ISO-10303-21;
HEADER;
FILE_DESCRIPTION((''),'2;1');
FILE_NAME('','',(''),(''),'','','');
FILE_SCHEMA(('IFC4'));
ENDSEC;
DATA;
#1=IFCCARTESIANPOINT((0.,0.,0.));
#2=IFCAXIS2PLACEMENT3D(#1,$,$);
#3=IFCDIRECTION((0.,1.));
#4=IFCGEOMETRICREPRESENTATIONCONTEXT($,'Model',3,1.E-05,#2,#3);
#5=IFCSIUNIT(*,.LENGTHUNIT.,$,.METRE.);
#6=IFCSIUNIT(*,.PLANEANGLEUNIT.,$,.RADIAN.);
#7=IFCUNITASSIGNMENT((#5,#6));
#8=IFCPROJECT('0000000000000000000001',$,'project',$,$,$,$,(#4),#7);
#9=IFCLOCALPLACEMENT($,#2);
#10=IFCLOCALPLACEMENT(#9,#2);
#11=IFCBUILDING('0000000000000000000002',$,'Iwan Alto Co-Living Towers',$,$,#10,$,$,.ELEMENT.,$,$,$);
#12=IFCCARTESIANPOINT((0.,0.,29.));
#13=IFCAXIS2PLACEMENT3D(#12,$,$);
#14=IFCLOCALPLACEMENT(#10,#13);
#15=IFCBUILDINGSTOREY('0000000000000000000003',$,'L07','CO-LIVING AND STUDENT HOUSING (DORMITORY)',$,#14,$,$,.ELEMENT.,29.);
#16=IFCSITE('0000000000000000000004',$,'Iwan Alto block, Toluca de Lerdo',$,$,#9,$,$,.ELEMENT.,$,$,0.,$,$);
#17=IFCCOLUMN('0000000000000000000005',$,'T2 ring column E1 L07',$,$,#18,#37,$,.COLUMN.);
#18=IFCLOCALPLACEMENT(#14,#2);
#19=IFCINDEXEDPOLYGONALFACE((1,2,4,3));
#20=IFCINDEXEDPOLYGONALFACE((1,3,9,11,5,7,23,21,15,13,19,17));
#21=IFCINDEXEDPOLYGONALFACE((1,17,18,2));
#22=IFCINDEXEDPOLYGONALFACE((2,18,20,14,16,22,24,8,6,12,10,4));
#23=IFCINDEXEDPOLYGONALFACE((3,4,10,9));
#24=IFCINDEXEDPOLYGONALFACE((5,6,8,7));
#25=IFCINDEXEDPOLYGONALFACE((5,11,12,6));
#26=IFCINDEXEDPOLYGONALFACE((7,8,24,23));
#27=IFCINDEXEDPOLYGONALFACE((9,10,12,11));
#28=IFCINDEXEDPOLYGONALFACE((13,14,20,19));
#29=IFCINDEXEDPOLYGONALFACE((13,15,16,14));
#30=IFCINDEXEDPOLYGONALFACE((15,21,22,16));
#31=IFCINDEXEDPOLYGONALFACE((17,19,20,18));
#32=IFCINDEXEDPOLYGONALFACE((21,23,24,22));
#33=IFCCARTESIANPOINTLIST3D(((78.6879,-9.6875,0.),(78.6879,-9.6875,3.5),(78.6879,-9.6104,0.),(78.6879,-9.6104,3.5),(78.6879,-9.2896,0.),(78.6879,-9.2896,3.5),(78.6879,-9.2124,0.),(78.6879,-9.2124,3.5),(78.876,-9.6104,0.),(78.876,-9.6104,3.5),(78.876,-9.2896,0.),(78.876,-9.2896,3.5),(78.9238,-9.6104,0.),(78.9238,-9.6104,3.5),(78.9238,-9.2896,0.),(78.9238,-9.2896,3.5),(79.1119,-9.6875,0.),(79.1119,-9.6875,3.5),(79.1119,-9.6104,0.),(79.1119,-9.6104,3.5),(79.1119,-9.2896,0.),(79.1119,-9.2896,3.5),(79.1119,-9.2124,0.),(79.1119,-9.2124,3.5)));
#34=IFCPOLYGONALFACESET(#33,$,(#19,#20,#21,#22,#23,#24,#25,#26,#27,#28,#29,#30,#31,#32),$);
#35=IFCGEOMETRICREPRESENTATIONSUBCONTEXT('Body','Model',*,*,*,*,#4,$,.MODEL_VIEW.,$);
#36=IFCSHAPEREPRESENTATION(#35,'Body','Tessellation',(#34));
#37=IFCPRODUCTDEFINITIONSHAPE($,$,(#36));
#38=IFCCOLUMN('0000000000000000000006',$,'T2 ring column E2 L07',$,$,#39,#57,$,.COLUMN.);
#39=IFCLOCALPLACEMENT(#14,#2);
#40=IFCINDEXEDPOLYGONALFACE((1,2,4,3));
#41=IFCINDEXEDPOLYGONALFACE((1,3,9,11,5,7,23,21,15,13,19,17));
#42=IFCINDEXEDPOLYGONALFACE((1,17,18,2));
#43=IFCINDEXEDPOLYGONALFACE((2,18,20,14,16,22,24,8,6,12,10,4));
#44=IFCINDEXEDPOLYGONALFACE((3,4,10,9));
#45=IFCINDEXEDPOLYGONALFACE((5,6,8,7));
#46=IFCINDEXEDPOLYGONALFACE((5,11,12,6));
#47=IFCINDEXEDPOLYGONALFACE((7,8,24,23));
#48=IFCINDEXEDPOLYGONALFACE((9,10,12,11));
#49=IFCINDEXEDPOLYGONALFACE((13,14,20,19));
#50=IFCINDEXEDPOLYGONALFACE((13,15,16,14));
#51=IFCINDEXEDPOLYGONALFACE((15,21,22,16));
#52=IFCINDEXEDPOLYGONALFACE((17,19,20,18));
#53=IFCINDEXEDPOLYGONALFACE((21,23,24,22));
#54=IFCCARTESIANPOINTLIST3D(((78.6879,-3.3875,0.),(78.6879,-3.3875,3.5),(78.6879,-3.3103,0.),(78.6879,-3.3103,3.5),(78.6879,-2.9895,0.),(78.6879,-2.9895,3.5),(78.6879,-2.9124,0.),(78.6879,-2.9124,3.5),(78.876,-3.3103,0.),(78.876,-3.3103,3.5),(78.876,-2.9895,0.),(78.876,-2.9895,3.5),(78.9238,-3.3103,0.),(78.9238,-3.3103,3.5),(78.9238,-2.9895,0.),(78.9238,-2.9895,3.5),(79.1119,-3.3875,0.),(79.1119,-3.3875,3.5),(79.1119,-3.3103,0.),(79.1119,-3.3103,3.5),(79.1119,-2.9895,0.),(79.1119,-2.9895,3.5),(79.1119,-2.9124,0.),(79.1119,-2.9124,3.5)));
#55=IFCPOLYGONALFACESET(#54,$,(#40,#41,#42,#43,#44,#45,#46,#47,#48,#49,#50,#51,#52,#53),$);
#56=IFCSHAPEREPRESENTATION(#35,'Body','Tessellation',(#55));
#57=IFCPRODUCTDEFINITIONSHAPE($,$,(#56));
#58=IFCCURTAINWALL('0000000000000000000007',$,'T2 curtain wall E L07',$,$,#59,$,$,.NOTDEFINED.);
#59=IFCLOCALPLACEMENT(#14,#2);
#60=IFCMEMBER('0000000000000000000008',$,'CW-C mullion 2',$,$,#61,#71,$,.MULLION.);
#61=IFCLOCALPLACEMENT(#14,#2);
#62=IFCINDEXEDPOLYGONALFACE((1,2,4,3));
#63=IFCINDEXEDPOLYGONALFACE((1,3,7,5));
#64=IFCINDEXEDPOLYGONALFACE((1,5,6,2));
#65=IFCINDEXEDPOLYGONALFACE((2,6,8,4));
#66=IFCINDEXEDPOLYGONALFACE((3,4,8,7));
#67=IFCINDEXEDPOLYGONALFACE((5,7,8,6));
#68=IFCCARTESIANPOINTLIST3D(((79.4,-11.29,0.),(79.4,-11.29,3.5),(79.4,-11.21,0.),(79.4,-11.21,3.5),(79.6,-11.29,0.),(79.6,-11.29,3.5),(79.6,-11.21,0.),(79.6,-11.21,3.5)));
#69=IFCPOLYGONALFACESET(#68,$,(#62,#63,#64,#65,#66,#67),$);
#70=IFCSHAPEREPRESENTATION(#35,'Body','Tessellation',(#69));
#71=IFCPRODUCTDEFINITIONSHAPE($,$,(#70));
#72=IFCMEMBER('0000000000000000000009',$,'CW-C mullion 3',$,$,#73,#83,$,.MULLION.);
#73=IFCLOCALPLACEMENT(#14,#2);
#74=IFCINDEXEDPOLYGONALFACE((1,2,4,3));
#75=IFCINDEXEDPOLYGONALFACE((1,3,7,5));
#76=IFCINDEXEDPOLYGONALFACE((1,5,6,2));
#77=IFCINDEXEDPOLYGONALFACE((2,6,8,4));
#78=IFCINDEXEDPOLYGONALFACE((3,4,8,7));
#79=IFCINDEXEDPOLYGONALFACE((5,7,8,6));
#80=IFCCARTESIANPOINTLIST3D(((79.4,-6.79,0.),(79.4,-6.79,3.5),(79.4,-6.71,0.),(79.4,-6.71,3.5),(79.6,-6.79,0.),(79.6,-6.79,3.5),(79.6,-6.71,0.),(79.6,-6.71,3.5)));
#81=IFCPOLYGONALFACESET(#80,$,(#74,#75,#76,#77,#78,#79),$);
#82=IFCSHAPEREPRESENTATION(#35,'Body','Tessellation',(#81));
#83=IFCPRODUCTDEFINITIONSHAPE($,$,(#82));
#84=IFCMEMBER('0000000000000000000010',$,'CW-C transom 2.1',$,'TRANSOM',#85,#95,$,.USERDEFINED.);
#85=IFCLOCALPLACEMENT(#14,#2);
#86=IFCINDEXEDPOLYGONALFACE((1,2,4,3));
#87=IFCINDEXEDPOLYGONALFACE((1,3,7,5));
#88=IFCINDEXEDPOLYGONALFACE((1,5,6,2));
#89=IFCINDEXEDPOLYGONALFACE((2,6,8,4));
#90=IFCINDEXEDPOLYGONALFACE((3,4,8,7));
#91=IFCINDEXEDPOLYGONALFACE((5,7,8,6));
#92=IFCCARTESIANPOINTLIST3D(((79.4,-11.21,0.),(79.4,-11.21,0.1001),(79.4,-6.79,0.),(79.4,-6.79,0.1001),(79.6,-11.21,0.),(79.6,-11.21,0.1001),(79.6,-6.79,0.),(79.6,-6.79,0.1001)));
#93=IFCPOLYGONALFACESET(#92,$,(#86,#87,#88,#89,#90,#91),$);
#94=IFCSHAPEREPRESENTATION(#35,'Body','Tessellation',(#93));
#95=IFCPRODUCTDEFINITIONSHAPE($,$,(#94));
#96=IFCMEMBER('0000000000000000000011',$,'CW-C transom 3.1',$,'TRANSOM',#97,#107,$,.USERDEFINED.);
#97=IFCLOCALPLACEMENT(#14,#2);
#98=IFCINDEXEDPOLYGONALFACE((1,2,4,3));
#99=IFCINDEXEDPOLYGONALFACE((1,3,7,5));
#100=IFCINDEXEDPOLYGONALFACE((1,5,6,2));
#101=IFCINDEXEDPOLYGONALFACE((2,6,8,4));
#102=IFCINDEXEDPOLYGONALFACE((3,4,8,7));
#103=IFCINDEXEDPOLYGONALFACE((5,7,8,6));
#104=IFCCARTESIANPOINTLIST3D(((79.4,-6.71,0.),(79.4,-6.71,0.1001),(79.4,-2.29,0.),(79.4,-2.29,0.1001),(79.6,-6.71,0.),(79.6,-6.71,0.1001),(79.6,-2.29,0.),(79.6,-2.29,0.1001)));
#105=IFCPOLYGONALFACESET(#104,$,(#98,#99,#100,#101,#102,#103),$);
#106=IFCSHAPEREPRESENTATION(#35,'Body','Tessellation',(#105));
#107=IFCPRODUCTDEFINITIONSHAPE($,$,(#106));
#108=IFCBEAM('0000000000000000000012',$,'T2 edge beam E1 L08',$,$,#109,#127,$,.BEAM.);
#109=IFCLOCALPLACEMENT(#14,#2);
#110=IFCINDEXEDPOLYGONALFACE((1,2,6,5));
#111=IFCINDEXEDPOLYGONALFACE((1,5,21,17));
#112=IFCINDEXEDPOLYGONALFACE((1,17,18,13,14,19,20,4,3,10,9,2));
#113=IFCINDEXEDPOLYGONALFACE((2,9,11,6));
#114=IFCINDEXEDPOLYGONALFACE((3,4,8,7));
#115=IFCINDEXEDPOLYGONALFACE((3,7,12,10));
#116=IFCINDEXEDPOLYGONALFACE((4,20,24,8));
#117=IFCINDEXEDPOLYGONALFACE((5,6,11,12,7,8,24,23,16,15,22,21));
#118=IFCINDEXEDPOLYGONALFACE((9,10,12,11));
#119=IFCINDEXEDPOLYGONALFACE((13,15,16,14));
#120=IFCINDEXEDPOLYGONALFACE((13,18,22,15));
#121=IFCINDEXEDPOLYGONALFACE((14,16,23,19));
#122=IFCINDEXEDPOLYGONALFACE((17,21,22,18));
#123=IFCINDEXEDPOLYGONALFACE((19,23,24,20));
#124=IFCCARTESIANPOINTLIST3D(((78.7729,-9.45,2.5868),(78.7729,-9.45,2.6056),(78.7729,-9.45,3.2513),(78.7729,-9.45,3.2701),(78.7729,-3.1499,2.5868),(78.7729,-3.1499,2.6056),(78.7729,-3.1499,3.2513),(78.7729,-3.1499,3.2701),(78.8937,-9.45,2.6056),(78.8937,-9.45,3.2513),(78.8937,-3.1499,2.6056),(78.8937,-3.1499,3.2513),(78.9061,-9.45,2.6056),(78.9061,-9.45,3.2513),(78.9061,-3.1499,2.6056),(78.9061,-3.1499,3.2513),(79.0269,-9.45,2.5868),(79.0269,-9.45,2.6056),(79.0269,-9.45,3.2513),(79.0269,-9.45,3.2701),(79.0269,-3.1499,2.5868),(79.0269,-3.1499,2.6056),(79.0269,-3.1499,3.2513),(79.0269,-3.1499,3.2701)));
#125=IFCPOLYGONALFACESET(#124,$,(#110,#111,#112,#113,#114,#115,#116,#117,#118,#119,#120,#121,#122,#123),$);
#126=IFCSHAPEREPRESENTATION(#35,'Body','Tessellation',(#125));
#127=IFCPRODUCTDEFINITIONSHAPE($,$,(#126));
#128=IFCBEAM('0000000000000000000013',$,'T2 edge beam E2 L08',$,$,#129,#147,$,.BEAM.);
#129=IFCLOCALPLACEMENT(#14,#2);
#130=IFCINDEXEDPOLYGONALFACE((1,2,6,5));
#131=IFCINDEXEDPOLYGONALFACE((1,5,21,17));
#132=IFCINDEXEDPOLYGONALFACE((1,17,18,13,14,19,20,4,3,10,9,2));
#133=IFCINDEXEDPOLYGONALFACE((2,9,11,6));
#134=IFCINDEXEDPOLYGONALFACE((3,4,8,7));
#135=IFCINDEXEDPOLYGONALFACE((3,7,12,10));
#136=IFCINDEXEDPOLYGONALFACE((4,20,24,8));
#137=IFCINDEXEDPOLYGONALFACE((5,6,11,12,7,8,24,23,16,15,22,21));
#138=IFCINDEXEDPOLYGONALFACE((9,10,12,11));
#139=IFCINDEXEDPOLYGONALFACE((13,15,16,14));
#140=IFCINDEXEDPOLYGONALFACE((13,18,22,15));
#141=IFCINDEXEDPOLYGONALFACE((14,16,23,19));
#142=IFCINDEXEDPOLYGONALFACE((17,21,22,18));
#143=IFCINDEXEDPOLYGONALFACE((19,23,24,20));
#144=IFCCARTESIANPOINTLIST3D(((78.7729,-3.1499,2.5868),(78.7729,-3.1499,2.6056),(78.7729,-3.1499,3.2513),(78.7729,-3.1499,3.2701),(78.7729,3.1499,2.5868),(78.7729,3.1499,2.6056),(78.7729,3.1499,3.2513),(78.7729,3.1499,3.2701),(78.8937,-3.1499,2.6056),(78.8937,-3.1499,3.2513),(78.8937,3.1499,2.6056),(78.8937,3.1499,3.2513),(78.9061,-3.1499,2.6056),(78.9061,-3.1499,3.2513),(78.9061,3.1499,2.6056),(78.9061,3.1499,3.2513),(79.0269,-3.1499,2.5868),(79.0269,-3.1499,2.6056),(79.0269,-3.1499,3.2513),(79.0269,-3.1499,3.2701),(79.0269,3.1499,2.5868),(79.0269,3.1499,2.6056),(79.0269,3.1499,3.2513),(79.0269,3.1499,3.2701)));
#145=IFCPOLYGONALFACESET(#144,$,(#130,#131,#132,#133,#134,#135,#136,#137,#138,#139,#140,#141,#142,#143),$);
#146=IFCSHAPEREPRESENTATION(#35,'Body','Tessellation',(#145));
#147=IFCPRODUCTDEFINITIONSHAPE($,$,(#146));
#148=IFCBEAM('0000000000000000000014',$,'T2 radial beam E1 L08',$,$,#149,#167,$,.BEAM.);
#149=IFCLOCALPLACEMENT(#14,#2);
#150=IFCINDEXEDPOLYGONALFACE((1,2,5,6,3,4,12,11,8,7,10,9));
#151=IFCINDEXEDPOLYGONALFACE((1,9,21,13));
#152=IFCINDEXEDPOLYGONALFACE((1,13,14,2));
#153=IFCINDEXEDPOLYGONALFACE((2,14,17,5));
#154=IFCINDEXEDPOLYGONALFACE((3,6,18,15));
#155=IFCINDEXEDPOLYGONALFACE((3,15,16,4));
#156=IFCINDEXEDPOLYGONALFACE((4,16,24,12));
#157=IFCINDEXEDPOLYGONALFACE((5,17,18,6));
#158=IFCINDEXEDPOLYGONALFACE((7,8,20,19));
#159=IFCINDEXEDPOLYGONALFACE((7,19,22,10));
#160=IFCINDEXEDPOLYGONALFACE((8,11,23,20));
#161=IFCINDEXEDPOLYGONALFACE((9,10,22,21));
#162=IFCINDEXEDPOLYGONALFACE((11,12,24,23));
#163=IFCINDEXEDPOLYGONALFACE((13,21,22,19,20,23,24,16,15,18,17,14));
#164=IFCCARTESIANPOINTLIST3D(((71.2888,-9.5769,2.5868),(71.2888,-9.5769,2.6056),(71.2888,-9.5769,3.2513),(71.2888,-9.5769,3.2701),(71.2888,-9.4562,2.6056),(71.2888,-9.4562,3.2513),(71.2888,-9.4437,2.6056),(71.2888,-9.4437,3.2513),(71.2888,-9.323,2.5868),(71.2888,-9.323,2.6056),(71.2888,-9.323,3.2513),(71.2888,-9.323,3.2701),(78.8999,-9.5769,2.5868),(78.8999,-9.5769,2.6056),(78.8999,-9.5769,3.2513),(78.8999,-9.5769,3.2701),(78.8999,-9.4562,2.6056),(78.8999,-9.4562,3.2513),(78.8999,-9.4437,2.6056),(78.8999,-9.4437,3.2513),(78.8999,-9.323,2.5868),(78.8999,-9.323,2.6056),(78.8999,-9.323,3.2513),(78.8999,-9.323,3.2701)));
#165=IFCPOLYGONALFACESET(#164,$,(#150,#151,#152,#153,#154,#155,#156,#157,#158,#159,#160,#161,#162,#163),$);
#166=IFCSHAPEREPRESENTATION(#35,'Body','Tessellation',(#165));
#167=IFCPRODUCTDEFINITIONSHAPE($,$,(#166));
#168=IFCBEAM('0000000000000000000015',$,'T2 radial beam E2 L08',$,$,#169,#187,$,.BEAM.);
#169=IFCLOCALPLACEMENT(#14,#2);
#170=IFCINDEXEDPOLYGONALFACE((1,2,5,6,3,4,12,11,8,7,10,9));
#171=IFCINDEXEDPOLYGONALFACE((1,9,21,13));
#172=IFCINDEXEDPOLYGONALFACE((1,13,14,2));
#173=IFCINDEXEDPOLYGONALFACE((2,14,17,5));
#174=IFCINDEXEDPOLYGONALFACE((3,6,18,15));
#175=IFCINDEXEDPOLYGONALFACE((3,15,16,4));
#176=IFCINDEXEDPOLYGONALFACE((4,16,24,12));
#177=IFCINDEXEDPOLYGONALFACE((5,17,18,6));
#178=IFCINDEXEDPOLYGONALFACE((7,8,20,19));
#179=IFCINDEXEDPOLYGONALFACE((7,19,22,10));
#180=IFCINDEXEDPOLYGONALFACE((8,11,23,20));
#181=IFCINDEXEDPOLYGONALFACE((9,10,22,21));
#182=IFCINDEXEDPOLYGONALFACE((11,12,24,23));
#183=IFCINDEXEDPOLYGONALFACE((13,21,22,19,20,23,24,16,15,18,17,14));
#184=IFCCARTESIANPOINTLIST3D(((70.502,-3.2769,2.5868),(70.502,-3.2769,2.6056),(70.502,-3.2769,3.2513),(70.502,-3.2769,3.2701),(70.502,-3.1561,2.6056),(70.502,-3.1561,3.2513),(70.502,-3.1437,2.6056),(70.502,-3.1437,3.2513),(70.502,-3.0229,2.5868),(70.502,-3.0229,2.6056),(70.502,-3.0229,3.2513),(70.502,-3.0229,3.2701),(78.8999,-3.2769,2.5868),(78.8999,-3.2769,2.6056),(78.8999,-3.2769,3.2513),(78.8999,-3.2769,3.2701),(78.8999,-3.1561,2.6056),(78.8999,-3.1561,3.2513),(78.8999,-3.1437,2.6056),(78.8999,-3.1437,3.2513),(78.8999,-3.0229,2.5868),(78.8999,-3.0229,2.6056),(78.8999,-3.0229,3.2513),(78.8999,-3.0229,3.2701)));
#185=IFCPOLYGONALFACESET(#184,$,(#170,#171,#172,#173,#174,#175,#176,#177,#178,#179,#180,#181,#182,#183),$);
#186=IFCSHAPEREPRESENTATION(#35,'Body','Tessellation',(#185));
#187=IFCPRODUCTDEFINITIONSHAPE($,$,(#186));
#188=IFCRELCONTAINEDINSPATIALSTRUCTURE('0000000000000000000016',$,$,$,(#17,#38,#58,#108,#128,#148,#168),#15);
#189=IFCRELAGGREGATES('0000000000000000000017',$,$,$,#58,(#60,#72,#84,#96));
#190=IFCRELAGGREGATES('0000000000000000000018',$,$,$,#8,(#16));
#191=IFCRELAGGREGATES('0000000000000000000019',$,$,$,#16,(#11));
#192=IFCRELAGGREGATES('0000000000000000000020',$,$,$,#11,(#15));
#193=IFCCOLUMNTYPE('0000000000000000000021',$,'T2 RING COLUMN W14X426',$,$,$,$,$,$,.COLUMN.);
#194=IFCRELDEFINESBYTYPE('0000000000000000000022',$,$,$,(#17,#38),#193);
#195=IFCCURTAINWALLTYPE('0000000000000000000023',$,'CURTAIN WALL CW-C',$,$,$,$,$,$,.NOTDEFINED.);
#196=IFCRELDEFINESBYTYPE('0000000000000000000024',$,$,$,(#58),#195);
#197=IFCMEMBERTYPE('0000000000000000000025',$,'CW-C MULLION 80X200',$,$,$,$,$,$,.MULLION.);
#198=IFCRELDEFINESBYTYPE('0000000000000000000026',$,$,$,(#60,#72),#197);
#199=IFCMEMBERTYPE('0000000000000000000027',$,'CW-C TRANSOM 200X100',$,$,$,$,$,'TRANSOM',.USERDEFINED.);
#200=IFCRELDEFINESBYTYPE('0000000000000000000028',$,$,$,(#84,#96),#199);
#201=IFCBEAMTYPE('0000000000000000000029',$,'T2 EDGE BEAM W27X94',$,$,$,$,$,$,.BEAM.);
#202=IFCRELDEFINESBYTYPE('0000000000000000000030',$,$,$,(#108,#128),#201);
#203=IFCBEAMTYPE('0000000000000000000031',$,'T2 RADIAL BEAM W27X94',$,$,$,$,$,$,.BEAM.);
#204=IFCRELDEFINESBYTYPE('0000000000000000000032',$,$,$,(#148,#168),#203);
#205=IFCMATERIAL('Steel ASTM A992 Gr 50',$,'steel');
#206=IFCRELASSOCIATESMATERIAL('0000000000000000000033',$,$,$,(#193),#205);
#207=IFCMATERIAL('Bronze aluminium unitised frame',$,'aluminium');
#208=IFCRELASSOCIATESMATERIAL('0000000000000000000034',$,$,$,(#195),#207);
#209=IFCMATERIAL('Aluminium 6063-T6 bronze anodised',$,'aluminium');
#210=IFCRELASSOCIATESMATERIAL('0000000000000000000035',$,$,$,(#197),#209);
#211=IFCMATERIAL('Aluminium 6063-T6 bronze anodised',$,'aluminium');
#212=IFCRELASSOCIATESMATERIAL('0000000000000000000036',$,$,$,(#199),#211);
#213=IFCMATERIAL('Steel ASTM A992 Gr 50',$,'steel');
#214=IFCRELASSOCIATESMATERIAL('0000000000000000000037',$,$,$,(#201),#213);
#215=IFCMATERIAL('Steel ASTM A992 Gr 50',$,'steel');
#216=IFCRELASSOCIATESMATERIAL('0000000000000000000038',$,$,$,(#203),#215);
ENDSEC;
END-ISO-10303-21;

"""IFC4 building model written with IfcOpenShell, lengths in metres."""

from ifc_helpers import new_model, si_unit, direction, frame, origin, origin_2d, place, context, subcontext, project, spatial, rectangle, i_section, extrude, material, material_profile, profile_set, type_object, element, aggregate, save


model = new_model("IFC4")

# Units and contexts
model_context = context("Model", 3, precision=1e-05, world=origin(), true_north=direction((0.0, 1.0)))
body_context = subcontext(model_context, "Body", "Model", "MODEL_VIEW")
ifc_project = project(units=[si_unit("LENGTHUNIT", "METRE"), si_unit("PLANEANGLEUNIT", "RADIAN")], contexts=[model_context])

# Site, building, storey
site_placement = place(None, origin())
site = spatial("IfcSite", under=ifc_project, at=site_placement, Name="Iwan Alto block, Toluca de Lerdo", CompositionType="ELEMENT", RefElevation=0.0)
building_placement = place(site_placement, origin())
building = spatial("IfcBuilding", under=site, at=building_placement, Name="Iwan Alto Co-Living Towers", CompositionType="ELEMENT")
storey_placement = place(building_placement, frame((0.0, 0.0, 29.0)))
storey = spatial("IfcBuildingStorey", under=building, at=storey_placement, Name="L07", Description="CO-LIVING AND STUDENT HOUSING (DORMITORY)", CompositionType="ELEMENT", Elevation=29.0)

# Columns
ifc_material_1 = material(Name="Steel ASTM A992 Gr 50", Category="steel")
ifc_material_profile_1 = material_profile(ifc_material_1, i_section(OverallWidth=0.4241, OverallDepth=0.4751, WebThickness=0.0479, FlangeThickness=0.0771, at=origin_2d()), Name="W14X426")
ifc_profile_set_1 = profile_set([ifc_material_profile_1], Name="Steel ASTM A992 Gr 50")
column_type = type_object("IfcColumnType", Name="T2 RING COLUMN W14X426", PredefinedType="COLUMN", material=ifc_profile_set_1)
for number, where, z_axis, x_axis, name in (
    (1, (78.8999, -9.45, 0.0), (0.0, 0.0, 1.0), (1.0, 0.0, 0.0), "T2 ring column E1 L07"),
    (2, (78.8999, -3.1499, 0.0), (0.0, 0.0, 1.0), (1.0, 0.0, 0.0), "T2 ring column E2 L07"),
):
    element("IfcColumn", number, at=place(storey_placement, frame(where, z_axis=z_axis, x_axis=x_axis)), inside=storey, type_object=column_type, Name=name, PredefinedType="COLUMN", context=body_context, shape_type="SweptSolid", body=[
        extrude(i_section(OverallWidth=0.4241, OverallDepth=0.4751, WebThickness=0.0479, FlangeThickness=0.0771, at=origin_2d()), origin(), (0.0, 0.0, 1.0), 3.5),
    ])

# Curtain wall, members
ifc_material_2 = material(Name="Bronze aluminium unitised frame", Category="aluminium")
curtain_wall_type = type_object("IfcCurtainWallType", Name="CURTAIN WALL CW-C", PredefinedType="NOTDEFINED", material=ifc_material_2)
curtain_wall_placement = place(storey_placement, origin())
curtain_wall = element("IfcCurtainWall", 3, at=curtain_wall_placement, inside=storey, type_object=curtain_wall_type, Name="T2 curtain wall E L07", PredefinedType="NOTDEFINED")
ifc_material_3 = material(Name="Aluminium 6063-T6 bronze anodised", Category="aluminium")
ifc_material_profile_2 = material_profile(ifc_material_3, rectangle(XDim=0.2, YDim=0.0801, at=origin_2d()), Name="AL 80X200")
ifc_profile_set_2 = profile_set([ifc_material_profile_2], Name="Aluminium 6063-T6 bronze anodised")
member_type_1 = type_object("IfcMemberType", Name="CW-C MULLION 80X200", PredefinedType="MULLION", material=ifc_profile_set_2)
member_1_placement = place(storey_placement, frame((79.5, -11.25, 0.0), z_axis=(0.0, 0.0, 1.0), x_axis=(-1.0, 0.0, 0.0)))
member_1 = element("IfcMember", 4, at=member_1_placement, type_object=member_type_1, Name="CW-C mullion 2", PredefinedType="MULLION", context=body_context, shape_type="SweptSolid", body=[
    extrude(rectangle(XDim=0.2, YDim=0.0801, at=origin_2d()), origin(), (0.0, 0.0, 1.0), 3.5),
])
member_2_placement = place(storey_placement, frame((79.5, -6.75, 0.0), z_axis=(0.0, 0.0, 1.0), x_axis=(-1.0, 0.0, 0.0)))
member_2 = element("IfcMember", 5, at=member_2_placement, type_object=member_type_1, Name="CW-C mullion 3", PredefinedType="MULLION", context=body_context, shape_type="SweptSolid", body=[
    extrude(rectangle(XDim=0.2, YDim=0.0801, at=origin_2d()), origin(), (0.0, 0.0, 1.0), 3.5),
])
ifc_material_4 = material(Name="Aluminium 6063-T6 bronze anodised", Category="aluminium")
ifc_material_profile_3 = material_profile(ifc_material_4, rectangle(XDim=0.2, YDim=0.1001, at=origin_2d()), Name="AL 200X100")
ifc_profile_set_3 = profile_set([ifc_material_profile_3], Name="Aluminium 6063-T6 bronze anodised")
member_type_2 = type_object("IfcMemberType", Name="CW-C TRANSOM 200X100", ElementType="TRANSOM", PredefinedType="USERDEFINED", material=ifc_profile_set_3)
member_3_placement = place(storey_placement, frame((79.5, -11.21, 0.05), z_axis=(0.0, 1.0, 0.0), x_axis=(-1.0, 0.0, 0.0)))
member_3 = element("IfcMember", 6, at=member_3_placement, type_object=member_type_2, Name="CW-C transom 2.1", ObjectType="TRANSOM", PredefinedType="USERDEFINED", context=body_context, shape_type="SweptSolid", body=[
    extrude(rectangle(XDim=0.2, YDim=0.1001, at=origin_2d()), origin(), (0.0, 0.0, 1.0), 4.4199),
])
member_4_placement = place(storey_placement, frame((79.5, -6.71, 0.05), z_axis=(0.0, 1.0, 0.0), x_axis=(-1.0, 0.0, 0.0)))
member_4 = element("IfcMember", 7, at=member_4_placement, type_object=member_type_2, Name="CW-C transom 3.1", ObjectType="TRANSOM", PredefinedType="USERDEFINED", context=body_context, shape_type="SweptSolid", body=[
    extrude(rectangle(XDim=0.2, YDim=0.1001, at=origin_2d()), origin(), (0.0, 0.0, 1.0), 4.4199),
])

# Beams
ifc_material_5 = material(Name="Steel ASTM A992 Gr 50", Category="steel")
ifc_material_profile_4 = material_profile(ifc_material_5, i_section(OverallWidth=0.2539, OverallDepth=0.6833, WebThickness=0.0125, FlangeThickness=0.0188, at=origin_2d()), Name="W27X94")
ifc_profile_set_4 = profile_set([ifc_material_profile_4], Name="Steel ASTM A992 Gr 50")
beam_type_1 = type_object("IfcBeamType", Name="T2 EDGE BEAM W27X94", PredefinedType="BEAM", material=ifc_profile_set_4)
beam_1_placement = place(storey_placement, frame((78.8999, -9.45, 2.9285), z_axis=(0.0, 1.0, 0.0), x_axis=(-1.0, 0.0, 0.0)))
element("IfcBeam", 8, at=beam_1_placement, inside=storey, type_object=beam_type_1, Name="T2 edge beam E1 L08", PredefinedType="BEAM", context=body_context, shape_type="SweptSolid", body=[
    extrude(i_section(OverallWidth=0.2539, OverallDepth=0.6833, WebThickness=0.0125, FlangeThickness=0.0188, at=origin_2d()), origin(), (0.0, 0.0, 1.0), 6.3),
])
beam_2_placement = place(storey_placement, frame((78.8999, -3.1499, 2.9285), z_axis=(0.0, 1.0, 0.0), x_axis=(-1.0, 0.0, 0.0)))
element("IfcBeam", 9, at=beam_2_placement, inside=storey, type_object=beam_type_1, Name="T2 edge beam E2 L08", PredefinedType="BEAM", context=body_context, shape_type="SweptSolid", body=[
    extrude(i_section(OverallWidth=0.2539, OverallDepth=0.6833, WebThickness=0.0125, FlangeThickness=0.0188, at=origin_2d()), origin(), (0.0, 0.0, 1.0), 6.2998),
])
ifc_material_6 = material(Name="Steel ASTM A992 Gr 50", Category="steel")
ifc_material_profile_5 = material_profile(ifc_material_6, i_section(OverallWidth=0.2539, OverallDepth=0.6833, WebThickness=0.0125, FlangeThickness=0.0188, at=origin_2d()), Name="W27X94")
ifc_profile_set_5 = profile_set([ifc_material_profile_5], Name="Steel ASTM A992 Gr 50")
beam_type_2 = type_object("IfcBeamType", Name="T2 RADIAL BEAM W27X94", PredefinedType="BEAM", material=ifc_profile_set_5)
beam_3_placement = place(storey_placement, frame((78.8999, -9.45, 2.9285), z_axis=(-1.0, 0.0, 0.0), x_axis=(0.0, -1.0, 0.0)))
element("IfcBeam", 10, at=beam_3_placement, inside=storey, type_object=beam_type_2, Name="T2 radial beam E1 L08", PredefinedType="BEAM", context=body_context, shape_type="SweptSolid", body=[
    extrude(i_section(OverallWidth=0.2539, OverallDepth=0.6833, WebThickness=0.0125, FlangeThickness=0.0188, at=origin_2d()), origin(), (0.0, 0.0, 1.0), 7.6111),
])
beam_4_placement = place(storey_placement, frame((78.8999, -3.1499, 2.9285), z_axis=(-1.0, 0.0, 0.0), x_axis=(0.0, -1.0, 0.0)))
element("IfcBeam", 11, at=beam_4_placement, inside=storey, type_object=beam_type_2, Name="T2 radial beam E2 L08", PredefinedType="BEAM", context=body_context, shape_type="SweptSolid", body=[
    extrude(i_section(OverallWidth=0.2539, OverallDepth=0.6833, WebThickness=0.0125, FlangeThickness=0.0188, at=origin_2d()), origin(), (0.0, 0.0, 1.0), 8.3979),
])

aggregate(curtain_wall, [member_1, member_2, member_3, member_4])

save(model, "model.ifc")
